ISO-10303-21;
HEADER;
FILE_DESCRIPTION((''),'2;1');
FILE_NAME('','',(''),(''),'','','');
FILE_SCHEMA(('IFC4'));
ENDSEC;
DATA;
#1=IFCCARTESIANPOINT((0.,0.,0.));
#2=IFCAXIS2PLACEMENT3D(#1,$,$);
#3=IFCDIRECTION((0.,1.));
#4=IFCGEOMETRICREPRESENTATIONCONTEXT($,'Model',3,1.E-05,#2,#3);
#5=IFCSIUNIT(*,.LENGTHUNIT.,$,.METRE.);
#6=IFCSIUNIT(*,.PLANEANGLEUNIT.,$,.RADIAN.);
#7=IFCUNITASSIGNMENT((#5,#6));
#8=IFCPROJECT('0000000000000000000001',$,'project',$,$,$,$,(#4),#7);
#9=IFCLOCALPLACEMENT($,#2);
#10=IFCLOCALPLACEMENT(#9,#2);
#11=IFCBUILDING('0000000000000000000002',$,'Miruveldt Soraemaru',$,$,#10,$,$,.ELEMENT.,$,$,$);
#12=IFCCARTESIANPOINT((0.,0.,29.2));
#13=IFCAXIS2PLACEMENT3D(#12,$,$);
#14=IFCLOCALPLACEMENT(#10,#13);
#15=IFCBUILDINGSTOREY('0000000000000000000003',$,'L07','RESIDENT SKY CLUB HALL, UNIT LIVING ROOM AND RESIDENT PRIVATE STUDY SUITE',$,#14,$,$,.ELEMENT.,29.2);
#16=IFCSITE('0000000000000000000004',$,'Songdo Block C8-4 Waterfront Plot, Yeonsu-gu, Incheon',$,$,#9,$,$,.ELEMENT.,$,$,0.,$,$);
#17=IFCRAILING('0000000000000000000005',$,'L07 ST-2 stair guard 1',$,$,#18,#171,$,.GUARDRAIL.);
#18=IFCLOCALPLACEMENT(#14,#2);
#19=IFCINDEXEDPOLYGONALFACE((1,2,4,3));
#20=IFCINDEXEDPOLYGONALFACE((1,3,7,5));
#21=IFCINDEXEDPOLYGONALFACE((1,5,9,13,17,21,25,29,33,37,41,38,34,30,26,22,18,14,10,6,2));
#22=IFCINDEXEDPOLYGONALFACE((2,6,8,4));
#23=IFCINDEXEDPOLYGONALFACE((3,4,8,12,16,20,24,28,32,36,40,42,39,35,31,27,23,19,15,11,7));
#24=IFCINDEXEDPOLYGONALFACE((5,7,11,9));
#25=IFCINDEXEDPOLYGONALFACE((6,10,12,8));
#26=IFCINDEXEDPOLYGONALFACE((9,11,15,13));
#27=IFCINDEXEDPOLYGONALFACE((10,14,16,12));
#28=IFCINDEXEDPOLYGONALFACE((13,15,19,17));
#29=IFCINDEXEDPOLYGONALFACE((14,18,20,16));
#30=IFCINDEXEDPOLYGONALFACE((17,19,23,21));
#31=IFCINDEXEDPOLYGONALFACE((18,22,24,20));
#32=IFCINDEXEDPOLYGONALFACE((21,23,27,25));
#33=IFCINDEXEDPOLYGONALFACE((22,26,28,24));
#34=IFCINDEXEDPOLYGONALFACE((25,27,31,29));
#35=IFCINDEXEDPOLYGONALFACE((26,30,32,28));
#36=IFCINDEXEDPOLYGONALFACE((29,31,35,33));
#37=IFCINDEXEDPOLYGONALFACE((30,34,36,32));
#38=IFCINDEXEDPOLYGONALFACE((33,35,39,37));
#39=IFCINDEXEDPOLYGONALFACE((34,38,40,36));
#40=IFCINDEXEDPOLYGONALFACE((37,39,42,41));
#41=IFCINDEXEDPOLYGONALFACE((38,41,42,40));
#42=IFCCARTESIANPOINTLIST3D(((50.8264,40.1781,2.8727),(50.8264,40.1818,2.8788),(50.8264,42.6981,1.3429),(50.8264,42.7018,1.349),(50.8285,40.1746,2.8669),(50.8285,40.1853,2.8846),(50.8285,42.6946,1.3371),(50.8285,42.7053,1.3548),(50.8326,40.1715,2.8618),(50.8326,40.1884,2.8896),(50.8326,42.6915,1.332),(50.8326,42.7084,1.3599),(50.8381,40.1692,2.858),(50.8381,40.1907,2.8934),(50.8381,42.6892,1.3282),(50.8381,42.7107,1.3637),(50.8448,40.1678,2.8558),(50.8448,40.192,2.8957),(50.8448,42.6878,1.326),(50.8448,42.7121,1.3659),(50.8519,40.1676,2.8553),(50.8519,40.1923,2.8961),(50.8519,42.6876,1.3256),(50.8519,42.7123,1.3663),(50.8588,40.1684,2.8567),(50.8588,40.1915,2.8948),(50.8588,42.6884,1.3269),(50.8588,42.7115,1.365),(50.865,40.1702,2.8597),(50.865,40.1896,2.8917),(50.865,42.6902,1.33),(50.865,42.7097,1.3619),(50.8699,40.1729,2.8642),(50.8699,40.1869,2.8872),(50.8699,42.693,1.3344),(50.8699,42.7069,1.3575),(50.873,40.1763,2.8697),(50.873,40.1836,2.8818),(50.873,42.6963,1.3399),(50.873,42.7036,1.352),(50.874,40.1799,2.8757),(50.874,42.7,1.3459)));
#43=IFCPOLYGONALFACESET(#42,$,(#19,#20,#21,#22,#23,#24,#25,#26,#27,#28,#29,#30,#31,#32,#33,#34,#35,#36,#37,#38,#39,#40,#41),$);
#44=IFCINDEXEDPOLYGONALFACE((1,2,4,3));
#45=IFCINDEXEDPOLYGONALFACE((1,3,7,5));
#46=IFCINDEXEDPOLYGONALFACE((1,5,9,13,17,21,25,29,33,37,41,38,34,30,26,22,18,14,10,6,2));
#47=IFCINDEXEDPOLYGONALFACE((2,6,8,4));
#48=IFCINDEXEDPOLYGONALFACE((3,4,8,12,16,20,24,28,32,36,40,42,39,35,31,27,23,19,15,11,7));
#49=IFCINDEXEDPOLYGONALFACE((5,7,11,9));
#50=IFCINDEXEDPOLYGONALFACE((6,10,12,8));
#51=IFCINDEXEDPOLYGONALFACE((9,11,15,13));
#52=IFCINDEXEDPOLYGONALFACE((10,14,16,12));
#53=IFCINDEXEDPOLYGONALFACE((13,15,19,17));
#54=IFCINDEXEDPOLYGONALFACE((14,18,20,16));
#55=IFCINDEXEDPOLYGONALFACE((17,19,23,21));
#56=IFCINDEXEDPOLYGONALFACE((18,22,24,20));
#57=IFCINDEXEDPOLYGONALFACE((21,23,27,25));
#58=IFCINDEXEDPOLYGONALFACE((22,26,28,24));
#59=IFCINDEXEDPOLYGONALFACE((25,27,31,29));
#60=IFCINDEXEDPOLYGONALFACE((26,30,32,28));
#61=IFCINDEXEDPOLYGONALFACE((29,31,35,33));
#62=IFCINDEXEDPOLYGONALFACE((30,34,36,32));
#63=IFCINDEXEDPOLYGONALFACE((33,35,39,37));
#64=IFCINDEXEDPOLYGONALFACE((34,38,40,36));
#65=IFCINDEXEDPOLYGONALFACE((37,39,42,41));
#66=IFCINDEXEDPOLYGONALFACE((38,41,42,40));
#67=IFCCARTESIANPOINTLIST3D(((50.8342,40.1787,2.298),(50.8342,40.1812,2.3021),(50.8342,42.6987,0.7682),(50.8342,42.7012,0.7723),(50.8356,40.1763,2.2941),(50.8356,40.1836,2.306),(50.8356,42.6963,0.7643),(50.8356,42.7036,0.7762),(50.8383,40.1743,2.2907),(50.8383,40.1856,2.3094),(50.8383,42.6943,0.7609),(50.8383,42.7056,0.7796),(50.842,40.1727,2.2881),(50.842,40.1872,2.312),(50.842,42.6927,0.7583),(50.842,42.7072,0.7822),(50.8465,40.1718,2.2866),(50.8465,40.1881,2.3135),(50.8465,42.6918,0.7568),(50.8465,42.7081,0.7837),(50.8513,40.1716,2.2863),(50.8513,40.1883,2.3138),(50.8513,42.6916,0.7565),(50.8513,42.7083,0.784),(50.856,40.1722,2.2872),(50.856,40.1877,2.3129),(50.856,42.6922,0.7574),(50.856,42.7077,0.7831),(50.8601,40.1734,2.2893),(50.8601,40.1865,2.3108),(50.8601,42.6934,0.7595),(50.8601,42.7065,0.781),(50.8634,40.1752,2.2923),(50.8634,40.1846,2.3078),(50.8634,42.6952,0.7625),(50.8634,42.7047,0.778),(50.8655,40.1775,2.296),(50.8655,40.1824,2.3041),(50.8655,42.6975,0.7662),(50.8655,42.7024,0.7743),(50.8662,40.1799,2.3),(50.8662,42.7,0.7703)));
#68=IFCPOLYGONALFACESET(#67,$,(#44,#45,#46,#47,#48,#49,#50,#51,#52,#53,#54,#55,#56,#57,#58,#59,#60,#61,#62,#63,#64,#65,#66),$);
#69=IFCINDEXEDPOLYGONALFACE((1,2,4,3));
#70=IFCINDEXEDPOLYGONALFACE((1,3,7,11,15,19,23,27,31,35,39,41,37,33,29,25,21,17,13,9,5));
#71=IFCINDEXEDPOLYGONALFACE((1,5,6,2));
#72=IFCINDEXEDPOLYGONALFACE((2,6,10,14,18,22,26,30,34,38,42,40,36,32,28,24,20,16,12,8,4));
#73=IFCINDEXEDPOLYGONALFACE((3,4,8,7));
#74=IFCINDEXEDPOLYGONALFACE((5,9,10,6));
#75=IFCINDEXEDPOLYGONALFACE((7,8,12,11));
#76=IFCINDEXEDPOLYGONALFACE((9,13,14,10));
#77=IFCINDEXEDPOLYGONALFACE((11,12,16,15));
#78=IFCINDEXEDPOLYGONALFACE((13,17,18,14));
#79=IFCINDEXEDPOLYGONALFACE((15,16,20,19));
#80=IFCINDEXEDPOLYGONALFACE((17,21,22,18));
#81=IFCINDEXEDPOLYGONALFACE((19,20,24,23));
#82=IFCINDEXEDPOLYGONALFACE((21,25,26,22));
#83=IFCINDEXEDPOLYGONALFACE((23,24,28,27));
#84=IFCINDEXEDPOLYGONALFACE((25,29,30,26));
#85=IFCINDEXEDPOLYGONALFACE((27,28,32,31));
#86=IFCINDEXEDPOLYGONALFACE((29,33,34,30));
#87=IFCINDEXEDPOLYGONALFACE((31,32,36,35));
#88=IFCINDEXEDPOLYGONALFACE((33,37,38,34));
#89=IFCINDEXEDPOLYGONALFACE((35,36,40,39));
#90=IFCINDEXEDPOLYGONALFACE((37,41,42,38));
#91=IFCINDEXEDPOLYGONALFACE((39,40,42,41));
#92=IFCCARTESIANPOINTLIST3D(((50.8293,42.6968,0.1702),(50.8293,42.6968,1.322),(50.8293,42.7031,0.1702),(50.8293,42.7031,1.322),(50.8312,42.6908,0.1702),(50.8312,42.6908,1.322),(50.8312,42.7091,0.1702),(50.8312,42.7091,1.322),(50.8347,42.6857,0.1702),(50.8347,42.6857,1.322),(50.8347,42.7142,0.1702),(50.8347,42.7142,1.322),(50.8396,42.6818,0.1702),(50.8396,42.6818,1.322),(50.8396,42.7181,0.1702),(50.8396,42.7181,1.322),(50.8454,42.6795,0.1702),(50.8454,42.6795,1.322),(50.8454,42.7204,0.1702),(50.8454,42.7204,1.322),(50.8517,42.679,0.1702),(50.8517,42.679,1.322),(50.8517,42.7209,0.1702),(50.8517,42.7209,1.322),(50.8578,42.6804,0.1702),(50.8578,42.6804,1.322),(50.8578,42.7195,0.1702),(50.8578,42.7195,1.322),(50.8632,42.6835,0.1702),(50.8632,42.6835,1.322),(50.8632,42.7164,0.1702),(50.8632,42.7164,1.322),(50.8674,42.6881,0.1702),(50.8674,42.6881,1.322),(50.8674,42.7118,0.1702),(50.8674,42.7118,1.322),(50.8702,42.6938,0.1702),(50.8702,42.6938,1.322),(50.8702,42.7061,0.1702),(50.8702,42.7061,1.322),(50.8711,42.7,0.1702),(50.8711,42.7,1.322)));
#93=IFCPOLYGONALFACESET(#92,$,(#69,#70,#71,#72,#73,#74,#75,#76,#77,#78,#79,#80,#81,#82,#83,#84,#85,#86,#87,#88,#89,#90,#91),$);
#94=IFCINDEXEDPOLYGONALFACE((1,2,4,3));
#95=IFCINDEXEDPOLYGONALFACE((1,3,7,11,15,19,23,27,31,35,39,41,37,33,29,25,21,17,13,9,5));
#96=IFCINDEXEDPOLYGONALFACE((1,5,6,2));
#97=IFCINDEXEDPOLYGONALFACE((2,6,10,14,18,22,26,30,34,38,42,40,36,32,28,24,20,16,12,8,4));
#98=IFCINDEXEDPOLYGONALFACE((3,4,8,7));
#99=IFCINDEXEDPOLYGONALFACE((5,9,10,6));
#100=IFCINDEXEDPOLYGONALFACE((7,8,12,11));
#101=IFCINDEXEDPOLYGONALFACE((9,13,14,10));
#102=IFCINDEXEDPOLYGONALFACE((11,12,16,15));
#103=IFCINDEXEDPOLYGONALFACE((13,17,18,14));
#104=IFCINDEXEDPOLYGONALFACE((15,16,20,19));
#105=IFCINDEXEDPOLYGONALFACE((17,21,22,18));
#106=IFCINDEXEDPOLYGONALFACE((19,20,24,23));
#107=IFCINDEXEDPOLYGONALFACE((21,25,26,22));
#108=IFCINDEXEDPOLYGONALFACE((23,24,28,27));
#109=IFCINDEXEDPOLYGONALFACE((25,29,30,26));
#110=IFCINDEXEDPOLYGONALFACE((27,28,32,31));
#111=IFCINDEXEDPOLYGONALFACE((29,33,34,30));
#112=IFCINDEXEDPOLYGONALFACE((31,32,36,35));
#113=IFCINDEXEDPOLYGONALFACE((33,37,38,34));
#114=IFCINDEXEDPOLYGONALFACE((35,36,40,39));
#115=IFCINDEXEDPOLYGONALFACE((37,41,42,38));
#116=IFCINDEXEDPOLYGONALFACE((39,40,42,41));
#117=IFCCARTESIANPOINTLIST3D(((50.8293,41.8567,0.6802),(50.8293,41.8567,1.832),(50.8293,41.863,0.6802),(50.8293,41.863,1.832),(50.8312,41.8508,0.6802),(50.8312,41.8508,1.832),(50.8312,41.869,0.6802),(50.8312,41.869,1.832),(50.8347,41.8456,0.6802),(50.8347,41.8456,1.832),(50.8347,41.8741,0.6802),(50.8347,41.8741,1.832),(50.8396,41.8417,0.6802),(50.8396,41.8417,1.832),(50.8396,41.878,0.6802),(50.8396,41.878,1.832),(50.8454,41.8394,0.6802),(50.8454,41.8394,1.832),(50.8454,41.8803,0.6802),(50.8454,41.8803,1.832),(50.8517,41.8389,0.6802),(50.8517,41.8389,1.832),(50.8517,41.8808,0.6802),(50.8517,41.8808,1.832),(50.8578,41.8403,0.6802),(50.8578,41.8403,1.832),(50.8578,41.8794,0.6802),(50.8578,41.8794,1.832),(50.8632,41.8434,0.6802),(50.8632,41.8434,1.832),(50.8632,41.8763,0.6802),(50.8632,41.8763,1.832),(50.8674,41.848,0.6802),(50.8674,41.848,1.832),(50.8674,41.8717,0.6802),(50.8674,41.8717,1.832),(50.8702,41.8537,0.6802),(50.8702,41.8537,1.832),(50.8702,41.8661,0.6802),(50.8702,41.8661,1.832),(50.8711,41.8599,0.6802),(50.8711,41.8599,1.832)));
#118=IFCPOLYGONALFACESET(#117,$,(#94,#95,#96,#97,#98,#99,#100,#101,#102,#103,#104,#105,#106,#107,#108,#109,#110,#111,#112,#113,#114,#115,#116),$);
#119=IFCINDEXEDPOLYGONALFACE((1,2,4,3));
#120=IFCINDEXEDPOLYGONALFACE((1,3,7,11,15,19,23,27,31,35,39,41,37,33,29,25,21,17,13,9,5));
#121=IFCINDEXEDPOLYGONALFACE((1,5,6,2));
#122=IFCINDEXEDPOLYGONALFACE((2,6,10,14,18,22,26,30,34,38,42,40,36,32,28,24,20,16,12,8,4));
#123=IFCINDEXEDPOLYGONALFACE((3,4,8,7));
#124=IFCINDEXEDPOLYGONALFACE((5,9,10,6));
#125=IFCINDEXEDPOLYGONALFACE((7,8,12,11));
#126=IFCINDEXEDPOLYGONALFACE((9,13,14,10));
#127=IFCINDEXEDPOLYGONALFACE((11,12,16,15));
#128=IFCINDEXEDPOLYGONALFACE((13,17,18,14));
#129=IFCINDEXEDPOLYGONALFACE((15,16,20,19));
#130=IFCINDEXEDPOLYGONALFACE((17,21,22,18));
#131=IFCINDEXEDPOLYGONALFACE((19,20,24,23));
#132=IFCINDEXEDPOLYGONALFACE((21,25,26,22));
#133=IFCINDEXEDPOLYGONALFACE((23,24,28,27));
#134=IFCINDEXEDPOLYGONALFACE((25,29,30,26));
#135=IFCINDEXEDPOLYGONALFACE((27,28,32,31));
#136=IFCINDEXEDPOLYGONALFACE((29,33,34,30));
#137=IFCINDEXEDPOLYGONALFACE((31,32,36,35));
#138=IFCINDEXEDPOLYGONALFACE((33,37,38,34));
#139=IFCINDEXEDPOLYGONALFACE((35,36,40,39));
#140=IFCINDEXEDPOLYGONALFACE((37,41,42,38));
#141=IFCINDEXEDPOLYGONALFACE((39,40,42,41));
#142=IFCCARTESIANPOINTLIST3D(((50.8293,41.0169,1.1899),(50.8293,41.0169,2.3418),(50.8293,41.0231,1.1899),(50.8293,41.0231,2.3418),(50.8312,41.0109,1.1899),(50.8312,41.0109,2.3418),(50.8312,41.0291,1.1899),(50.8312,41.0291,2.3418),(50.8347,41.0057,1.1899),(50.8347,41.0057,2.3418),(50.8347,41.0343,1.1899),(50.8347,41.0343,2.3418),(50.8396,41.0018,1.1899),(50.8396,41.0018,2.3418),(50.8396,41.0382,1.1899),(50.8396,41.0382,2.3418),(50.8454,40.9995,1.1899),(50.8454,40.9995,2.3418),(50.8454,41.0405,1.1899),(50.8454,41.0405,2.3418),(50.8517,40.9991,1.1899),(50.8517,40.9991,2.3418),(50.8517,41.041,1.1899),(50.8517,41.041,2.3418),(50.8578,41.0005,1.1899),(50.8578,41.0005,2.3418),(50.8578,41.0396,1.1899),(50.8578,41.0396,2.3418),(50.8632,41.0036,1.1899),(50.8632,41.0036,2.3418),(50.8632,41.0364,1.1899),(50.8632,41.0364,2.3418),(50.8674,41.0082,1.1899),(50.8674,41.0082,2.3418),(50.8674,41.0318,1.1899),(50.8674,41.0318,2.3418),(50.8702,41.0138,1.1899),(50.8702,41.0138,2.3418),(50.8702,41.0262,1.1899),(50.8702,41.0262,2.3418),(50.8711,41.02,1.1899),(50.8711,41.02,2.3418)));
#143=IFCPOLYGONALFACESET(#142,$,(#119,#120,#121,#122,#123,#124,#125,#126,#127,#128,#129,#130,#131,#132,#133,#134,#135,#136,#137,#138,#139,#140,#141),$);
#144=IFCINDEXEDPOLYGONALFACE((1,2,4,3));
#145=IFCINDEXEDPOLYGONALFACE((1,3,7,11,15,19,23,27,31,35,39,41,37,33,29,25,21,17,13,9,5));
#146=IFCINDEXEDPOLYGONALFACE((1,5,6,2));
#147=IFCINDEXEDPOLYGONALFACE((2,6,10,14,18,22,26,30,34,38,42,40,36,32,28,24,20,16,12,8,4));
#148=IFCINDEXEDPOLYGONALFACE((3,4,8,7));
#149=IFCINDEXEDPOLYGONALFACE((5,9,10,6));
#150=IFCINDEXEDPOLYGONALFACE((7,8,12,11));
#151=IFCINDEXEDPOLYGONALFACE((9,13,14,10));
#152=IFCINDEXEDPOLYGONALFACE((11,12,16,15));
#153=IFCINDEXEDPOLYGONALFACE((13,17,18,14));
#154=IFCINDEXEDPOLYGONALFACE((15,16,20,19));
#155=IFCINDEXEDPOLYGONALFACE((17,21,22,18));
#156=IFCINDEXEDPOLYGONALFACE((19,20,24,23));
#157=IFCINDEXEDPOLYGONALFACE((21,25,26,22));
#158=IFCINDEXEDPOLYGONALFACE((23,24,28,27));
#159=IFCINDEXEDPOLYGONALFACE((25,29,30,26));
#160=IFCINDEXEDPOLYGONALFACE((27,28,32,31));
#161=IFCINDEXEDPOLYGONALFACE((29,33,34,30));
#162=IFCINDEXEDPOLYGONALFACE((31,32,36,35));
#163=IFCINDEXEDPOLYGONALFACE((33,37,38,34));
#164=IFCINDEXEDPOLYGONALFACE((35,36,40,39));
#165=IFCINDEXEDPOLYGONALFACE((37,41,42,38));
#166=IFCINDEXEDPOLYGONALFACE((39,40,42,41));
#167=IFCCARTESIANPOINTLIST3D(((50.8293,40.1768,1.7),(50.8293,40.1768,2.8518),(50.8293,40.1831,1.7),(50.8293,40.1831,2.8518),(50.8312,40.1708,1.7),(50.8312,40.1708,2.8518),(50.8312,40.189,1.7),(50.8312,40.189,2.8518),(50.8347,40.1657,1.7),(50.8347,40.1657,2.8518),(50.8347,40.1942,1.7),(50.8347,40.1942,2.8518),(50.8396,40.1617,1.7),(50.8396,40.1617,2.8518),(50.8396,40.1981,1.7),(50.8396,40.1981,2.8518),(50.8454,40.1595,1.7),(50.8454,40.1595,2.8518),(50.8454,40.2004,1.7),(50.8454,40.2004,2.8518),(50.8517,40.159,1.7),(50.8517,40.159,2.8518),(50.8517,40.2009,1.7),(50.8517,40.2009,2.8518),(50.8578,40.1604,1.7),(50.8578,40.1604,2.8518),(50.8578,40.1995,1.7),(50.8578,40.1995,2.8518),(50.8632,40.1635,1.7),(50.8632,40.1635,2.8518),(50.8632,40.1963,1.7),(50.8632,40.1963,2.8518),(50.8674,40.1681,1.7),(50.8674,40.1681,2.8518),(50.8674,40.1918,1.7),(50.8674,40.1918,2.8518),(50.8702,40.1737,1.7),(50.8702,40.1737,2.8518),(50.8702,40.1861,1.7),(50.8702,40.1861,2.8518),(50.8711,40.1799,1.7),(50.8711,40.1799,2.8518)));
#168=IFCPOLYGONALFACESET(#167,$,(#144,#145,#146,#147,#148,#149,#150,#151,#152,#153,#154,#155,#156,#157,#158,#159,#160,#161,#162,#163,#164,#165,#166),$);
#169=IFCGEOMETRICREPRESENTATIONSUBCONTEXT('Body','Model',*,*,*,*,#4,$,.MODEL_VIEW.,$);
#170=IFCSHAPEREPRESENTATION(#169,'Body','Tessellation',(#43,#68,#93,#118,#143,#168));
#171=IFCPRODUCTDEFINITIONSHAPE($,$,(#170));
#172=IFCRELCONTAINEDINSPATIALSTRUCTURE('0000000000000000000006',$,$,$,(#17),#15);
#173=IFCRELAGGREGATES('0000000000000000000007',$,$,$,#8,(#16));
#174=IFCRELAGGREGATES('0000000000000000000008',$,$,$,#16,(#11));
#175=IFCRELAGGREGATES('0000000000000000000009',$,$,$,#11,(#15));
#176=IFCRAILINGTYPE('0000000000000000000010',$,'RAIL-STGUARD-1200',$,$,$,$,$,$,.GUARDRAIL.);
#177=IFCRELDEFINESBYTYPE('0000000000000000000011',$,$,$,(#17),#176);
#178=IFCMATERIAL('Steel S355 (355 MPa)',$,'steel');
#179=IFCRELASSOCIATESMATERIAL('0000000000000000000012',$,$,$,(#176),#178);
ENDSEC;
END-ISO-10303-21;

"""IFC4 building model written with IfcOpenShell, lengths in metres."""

from ifc_helpers import new_model, si_unit, direction, frame, origin, origin_2d, place, context, subcontext, project, spatial, circle, extrude, material, type_object, element, save


model = new_model("IFC4")

# Units and contexts
model_context = context("Model", 3, precision=1e-05, world=origin(), true_north=direction((0.0, 1.0)))
body_context = subcontext(model_context, "Body", "Model", "MODEL_VIEW")
ifc_project = project(units=[si_unit("LENGTHUNIT", "METRE"), si_unit("PLANEANGLEUNIT", "RADIAN")], contexts=[model_context])

# Site, building, storey
site_placement = place(None, origin())
site = spatial("IfcSite", under=ifc_project, at=site_placement, Name="Songdo Block C8-4 Waterfront Plot, Yeonsu-gu, Incheon", CompositionType="ELEMENT", RefElevation=0.0)
building_placement = place(site_placement, origin())
building = spatial("IfcBuilding", under=site, at=building_placement, Name="Miruveldt Soraemaru", CompositionType="ELEMENT")
storey_placement = place(building_placement, frame((0.0, 0.0, 29.2)))
storey = spatial("IfcBuildingStorey", under=building, at=storey_placement, Name="L07", Description="RESIDENT SKY CLUB HALL, UNIT LIVING ROOM AND RESIDENT PRIVATE STUDY SUITE", CompositionType="ELEMENT", Elevation=29.2)

# Railing
ifc_material_1 = material(Name="Steel S355 (355 MPa)", Category="steel")
railing_type_1 = type_object("IfcRailingType", Name="RAIL-STGUARD-1200", PredefinedType="GUARDRAIL", material=ifc_material_1)
railing_1_placement = place(storey_placement, frame((50.8501, 42.7, 0.1702)))
element("IfcRailing", 1, at=railing_1_placement, inside=storey, type_object=railing_type_1, Name="L07 ST-2 stair guard 1", PredefinedType="GUARDRAIL", context=body_context, shape_type="SweptSolid", body=[
    extrude(circle(Radius=0.0239, at=origin_2d()), frame((0.0, 0.0, 1.1758), z_axis=(0.0, -0.854822, 0.518922), x_axis=(1.0, 0.0, 0.0)), (0.0, 0.0, 1.0), 2.948),
    extrude(circle(Radius=0.0161, at=origin_2d()), frame((0.0, 0.0, 0.6001), z_axis=(0.0, -0.854822, 0.518922), x_axis=(1.0, 0.0, 0.0)), (0.0, 0.0, 1.0), 2.948),
    extrude(circle(Radius=0.021, at=origin_2d()), origin(), (0.0, 0.0, 1.0), 1.1519),
    extrude(circle(Radius=0.021, at=origin_2d()), frame((0.0, -0.8401, 0.51)), (0.0, 0.0, 1.0), 1.1519),
    extrude(circle(Radius=0.021, at=origin_2d()), frame((0.0, -1.6799, 1.0198)), (0.0, 0.0, 1.0), 1.1519),
    extrude(circle(Radius=0.021, at=origin_2d()), frame((0.0, -2.52, 1.5298)), (0.0, 0.0, 1.0), 1.1519),
])

save(model, "model.ifc")
